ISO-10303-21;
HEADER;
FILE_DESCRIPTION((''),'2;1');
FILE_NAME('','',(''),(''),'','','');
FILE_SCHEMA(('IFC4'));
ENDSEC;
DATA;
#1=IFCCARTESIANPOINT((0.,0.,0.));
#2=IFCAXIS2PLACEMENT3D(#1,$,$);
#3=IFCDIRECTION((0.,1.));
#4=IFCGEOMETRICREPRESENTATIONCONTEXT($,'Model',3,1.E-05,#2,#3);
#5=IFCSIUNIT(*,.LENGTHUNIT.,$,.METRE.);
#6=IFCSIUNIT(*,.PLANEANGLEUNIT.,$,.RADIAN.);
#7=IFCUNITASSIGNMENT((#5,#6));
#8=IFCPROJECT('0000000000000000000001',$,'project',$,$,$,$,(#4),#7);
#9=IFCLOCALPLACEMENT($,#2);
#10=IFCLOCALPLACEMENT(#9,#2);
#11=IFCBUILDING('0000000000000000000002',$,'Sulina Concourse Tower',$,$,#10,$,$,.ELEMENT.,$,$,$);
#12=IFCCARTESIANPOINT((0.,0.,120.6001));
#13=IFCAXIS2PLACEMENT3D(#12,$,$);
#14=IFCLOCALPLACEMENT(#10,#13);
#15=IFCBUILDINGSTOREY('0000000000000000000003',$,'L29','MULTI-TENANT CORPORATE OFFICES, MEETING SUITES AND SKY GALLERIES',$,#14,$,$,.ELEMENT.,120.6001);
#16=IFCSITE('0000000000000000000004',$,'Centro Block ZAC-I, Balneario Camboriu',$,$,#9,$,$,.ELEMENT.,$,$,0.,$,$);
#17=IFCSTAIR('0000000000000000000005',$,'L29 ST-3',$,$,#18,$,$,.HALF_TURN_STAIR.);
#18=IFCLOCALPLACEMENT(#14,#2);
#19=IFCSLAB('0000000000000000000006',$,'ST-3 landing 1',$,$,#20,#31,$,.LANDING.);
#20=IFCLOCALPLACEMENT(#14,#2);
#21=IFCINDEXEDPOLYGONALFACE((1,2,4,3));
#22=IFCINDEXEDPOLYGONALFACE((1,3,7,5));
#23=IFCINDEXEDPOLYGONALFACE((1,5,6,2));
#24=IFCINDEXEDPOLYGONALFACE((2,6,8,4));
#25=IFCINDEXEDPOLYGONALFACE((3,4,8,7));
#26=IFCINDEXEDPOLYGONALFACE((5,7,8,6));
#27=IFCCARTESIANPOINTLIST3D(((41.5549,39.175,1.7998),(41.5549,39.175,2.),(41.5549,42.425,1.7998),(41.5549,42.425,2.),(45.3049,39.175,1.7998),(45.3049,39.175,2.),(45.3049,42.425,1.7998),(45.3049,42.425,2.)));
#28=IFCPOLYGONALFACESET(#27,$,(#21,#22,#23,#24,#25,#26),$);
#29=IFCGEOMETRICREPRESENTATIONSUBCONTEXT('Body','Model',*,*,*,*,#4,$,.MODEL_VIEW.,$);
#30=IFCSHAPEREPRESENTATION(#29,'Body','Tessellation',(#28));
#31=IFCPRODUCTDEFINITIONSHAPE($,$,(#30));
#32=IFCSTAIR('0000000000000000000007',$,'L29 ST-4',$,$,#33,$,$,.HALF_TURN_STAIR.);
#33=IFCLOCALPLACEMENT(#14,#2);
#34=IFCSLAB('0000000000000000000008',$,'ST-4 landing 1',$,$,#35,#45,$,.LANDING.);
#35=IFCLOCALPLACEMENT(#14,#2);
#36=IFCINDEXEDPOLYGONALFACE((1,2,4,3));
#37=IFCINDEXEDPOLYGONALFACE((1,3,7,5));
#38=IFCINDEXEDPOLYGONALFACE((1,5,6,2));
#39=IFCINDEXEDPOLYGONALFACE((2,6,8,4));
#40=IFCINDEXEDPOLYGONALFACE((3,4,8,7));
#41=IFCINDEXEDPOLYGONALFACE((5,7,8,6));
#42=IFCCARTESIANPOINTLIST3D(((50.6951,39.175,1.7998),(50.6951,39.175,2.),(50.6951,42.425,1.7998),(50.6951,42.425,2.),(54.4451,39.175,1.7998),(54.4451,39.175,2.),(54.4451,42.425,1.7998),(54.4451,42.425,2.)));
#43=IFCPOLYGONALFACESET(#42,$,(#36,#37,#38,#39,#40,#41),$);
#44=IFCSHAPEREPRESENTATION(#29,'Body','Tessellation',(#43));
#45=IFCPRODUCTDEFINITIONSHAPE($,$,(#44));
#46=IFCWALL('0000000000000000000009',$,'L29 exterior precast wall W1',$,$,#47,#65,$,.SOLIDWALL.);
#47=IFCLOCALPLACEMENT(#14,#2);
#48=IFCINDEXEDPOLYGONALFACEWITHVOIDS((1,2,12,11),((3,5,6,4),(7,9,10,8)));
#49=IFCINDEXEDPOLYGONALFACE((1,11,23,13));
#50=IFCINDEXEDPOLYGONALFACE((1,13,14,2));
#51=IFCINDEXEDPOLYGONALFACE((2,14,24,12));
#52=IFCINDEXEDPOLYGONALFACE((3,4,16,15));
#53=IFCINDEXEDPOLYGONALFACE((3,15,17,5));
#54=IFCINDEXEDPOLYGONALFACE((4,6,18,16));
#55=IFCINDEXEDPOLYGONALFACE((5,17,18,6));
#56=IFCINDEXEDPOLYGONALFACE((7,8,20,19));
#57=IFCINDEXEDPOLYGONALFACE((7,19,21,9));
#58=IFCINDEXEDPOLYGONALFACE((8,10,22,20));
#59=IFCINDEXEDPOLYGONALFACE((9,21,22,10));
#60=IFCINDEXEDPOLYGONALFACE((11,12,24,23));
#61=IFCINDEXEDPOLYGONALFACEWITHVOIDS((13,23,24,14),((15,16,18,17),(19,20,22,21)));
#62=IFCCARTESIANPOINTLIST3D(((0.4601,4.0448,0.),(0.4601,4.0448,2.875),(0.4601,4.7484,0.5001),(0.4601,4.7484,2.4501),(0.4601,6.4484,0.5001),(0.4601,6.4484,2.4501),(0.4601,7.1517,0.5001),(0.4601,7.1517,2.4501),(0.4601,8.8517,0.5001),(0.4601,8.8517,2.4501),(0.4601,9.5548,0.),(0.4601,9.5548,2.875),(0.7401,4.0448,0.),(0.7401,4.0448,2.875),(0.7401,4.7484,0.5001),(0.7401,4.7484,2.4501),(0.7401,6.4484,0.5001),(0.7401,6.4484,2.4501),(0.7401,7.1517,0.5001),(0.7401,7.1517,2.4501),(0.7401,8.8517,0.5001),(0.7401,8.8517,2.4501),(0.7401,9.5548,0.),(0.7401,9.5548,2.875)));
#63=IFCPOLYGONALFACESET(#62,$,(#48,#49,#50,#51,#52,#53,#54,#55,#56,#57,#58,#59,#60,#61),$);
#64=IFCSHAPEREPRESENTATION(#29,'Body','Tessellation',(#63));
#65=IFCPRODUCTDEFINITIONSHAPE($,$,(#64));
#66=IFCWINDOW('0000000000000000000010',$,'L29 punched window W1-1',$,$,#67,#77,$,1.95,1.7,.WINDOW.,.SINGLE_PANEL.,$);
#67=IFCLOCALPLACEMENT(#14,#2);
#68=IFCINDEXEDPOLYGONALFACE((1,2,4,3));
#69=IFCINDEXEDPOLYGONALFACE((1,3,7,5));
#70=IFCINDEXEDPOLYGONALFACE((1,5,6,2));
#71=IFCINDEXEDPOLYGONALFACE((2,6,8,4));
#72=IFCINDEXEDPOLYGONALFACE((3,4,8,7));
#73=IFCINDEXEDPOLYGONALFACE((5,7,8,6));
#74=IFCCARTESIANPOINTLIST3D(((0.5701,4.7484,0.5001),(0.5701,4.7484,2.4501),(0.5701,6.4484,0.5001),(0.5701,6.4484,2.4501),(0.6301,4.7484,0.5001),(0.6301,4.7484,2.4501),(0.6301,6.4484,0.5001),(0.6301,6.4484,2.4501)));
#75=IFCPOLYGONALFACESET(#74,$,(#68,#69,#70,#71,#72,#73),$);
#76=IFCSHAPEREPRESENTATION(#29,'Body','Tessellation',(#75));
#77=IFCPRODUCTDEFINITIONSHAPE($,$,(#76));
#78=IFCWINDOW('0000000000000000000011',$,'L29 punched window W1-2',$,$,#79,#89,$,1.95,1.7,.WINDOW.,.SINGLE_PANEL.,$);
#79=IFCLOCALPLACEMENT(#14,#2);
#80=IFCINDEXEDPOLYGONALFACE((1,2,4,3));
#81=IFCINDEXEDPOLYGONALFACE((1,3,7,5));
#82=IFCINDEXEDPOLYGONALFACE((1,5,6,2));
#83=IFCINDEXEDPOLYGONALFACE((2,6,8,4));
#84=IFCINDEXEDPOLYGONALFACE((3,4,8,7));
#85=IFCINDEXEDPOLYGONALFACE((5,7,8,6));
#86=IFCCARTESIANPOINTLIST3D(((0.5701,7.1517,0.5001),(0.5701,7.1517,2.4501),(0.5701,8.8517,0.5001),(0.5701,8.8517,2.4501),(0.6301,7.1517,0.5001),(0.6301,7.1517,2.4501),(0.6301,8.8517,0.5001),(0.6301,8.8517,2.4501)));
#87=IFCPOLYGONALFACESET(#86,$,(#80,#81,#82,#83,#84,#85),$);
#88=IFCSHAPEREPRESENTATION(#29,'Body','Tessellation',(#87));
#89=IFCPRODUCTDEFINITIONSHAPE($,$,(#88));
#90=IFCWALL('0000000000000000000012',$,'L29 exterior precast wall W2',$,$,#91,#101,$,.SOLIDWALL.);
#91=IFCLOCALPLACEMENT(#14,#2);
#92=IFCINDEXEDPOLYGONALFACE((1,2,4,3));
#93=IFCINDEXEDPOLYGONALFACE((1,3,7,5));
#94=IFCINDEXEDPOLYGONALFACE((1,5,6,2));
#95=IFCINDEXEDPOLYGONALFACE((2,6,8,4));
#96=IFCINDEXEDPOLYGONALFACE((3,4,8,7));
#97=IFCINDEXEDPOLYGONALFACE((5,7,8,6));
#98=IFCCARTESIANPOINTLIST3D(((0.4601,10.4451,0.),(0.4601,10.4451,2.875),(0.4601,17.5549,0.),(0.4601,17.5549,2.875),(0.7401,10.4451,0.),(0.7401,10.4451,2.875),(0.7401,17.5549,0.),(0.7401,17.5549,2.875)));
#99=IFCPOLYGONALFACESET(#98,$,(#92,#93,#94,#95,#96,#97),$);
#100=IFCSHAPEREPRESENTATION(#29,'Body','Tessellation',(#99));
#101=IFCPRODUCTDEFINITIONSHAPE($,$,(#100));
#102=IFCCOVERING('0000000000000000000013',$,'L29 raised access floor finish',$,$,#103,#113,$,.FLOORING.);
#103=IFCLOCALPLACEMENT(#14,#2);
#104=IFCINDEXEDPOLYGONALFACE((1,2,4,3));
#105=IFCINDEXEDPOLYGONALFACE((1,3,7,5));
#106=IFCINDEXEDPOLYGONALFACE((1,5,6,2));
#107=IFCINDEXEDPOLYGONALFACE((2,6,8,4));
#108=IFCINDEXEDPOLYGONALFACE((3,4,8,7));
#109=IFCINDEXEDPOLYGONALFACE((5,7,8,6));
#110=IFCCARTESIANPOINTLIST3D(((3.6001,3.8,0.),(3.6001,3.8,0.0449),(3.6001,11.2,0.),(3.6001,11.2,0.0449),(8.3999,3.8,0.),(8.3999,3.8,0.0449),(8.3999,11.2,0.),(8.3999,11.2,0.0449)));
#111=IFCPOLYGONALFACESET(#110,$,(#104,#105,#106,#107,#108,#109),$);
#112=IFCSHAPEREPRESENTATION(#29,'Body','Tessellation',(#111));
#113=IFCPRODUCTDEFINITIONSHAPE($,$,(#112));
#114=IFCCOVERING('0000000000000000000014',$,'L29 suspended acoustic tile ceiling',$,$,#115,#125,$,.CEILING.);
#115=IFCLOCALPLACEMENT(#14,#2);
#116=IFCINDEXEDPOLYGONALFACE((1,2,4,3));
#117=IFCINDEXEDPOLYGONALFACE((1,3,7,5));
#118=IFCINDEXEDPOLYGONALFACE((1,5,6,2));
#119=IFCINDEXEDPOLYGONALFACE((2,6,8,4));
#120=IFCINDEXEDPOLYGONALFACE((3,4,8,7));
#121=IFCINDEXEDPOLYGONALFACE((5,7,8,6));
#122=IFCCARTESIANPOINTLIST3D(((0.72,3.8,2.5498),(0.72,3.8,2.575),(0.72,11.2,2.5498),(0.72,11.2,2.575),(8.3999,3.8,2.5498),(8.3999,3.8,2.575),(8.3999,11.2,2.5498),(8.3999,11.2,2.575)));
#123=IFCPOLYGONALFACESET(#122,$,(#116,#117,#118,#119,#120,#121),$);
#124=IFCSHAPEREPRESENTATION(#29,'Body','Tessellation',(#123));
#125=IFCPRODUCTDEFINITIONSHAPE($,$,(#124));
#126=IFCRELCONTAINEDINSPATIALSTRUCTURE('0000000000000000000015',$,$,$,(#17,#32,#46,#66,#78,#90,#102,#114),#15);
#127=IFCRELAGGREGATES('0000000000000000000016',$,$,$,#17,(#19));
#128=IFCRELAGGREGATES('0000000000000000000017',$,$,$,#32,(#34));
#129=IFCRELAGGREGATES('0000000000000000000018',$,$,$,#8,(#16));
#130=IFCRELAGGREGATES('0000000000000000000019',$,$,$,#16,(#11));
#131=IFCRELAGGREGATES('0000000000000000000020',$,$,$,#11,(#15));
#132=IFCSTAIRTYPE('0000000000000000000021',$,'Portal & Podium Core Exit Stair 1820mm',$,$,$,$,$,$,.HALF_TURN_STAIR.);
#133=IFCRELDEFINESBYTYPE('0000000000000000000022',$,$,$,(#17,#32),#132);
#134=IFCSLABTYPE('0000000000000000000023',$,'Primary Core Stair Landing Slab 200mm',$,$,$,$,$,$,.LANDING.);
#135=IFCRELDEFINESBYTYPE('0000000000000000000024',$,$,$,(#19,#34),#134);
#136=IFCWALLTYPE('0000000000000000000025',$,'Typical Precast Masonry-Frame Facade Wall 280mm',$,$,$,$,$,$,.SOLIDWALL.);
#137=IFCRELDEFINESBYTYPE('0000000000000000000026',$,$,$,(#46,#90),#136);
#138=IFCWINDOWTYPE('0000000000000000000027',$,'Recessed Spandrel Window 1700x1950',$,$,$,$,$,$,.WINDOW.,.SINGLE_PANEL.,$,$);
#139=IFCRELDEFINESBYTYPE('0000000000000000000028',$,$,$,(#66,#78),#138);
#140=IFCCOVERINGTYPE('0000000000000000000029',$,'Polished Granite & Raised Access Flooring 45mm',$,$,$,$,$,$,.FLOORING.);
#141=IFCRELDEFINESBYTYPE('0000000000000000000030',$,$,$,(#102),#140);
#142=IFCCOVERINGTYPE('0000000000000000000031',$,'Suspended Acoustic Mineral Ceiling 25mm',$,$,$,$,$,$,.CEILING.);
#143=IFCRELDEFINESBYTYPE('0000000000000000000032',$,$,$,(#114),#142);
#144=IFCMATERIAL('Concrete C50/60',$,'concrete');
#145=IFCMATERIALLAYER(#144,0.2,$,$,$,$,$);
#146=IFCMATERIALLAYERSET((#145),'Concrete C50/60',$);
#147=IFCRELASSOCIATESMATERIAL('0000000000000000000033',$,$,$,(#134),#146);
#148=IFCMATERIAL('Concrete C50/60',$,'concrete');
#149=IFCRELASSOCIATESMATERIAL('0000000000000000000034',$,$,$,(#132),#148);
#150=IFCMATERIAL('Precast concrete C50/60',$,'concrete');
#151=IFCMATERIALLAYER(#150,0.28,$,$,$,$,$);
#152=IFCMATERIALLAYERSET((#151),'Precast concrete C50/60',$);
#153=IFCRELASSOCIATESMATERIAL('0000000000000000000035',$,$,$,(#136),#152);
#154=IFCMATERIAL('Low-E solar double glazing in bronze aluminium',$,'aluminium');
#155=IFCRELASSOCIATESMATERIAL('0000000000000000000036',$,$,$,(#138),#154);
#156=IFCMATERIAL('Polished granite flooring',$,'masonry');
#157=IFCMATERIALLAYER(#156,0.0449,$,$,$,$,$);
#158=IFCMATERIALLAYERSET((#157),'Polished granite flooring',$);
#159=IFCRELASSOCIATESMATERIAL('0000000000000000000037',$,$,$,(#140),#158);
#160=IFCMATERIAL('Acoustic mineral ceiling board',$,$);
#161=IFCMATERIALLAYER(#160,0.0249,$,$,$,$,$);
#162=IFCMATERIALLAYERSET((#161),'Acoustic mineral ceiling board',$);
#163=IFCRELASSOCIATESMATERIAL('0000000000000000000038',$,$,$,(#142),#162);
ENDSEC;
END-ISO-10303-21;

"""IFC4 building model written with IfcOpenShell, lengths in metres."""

from ifc_helpers import new_model, si_unit, direction, frame, frame_2d, origin, place, context, subcontext, project, spatial, polyline, rectangle, outline, extrude, material, layer, layer_set, type_object, element, fill, aggregate, save


model = new_model("IFC4")

# Units and contexts
model_context = context("Model", 3, precision=1e-05, world=origin(), true_north=direction((0.0, 1.0)))
body_context = subcontext(model_context, "Body", "Model", "MODEL_VIEW")
ifc_project = project(units=[si_unit("LENGTHUNIT", "METRE"), si_unit("PLANEANGLEUNIT", "RADIAN")], contexts=[model_context])

# Site, building, storey
site_placement = place(None, origin())
site = spatial("IfcSite", under=ifc_project, at=site_placement, Name="Centro Block ZAC-I, Balneario Camboriu", CompositionType="ELEMENT", RefElevation=0.0)
building_placement = place(site_placement, origin())
building = spatial("IfcBuilding", under=site, at=building_placement, Name="Sulina Concourse Tower", CompositionType="ELEMENT")
storey_placement = place(building_placement, frame((0.0, 0.0, 120.6001)))
storey = spatial("IfcBuildingStorey", under=building, at=storey_placement, Name="L29", Description="MULTI-TENANT CORPORATE OFFICES, MEETING SUITES AND SKY GALLERIES", CompositionType="ELEMENT", Elevation=120.6001)

# Shared definitions
ifc_material_1 = material(Name="Concrete C50/60", Category="concrete")
ifc_layer_1 = layer(ifc_material_1, 0.2)
ifc_layer_set_1 = layer_set([ifc_layer_1], Name="Concrete C50/60")
slab_type_1 = type_object("IfcSlabType", Name="Primary Core Stair Landing Slab 200mm", PredefinedType="LANDING", material=ifc_layer_set_1)

# Stairs, slabs
ifc_material_2 = material(Name="Concrete C50/60", Category="concrete")
stair_type_1 = type_object("IfcStairType", Name="Portal & Podium Core Exit Stair 1820mm", PredefinedType="HALF_TURN_STAIR", material=ifc_material_2)
stair_1_placement = place(storey_placement, origin())
stair_1 = element("IfcStair", 1, at=stair_1_placement, inside=storey, type_object=stair_type_1, Name="L29 ST-3", PredefinedType="HALF_TURN_STAIR")
slab_1_placement = place(storey_placement, frame((0.0, 0.0, 1.7998)))
slab_1 = element("IfcSlab", 2, at=slab_1_placement, type_object=slab_type_1, Name="ST-3 landing 1", PredefinedType="LANDING", context=body_context, shape_type="SweptSolid", body=[
    extrude(outline(polyline([(45.3049, 39.175), (45.3049, 42.425), (41.5549, 42.425), (41.5549, 39.175), (45.3049, 39.175)])), origin(), (0.0, 0.0, 1.0), 0.2002),
])
aggregate(stair_1, [slab_1])
stair_2_placement = place(storey_placement, origin())
stair_2 = element("IfcStair", 3, at=stair_2_placement, inside=storey, type_object=stair_type_1, Name="L29 ST-4", PredefinedType="HALF_TURN_STAIR")
slab_2_placement = place(storey_placement, frame((0.0, 0.0, 1.7998)))
slab_2 = element("IfcSlab", 4, at=slab_2_placement, type_object=slab_type_1, Name="ST-4 landing 1", PredefinedType="LANDING", context=body_context, shape_type="SweptSolid", body=[
    extrude(outline(polyline([(54.4451, 39.175), (54.4451, 42.425), (50.6951, 42.425), (50.6951, 39.175), (54.4451, 39.175)])), origin(), (0.0, 0.0, 1.0), 0.2002),
])
aggregate(stair_2, [slab_2])

# Wall, openings, windows
ifc_material_3 = material(Name="Precast concrete C50/60", Category="concrete")
ifc_layer_2 = layer(ifc_material_3, 0.28)
ifc_layer_set_2 = layer_set([ifc_layer_2], Name="Precast concrete C50/60")
wall_type = type_object("IfcWallType", Name="Typical Precast Masonry-Frame Facade Wall 280mm", PredefinedType="SOLIDWALL", material=ifc_layer_set_2)
wall_1_placement = place(storey_placement, frame((0.6001, 4.0449, 0.0), z_axis=(0.0, 0.0, 1.0), x_axis=(0.0, 1.0, 0.0)))
wall_1 = element("IfcWall", 5, at=wall_1_placement, inside=storey, type_object=wall_type, Name="L29 exterior precast wall W1", PredefinedType="SOLIDWALL", context=body_context, shape_type="SweptSolid", body=[
    extrude(rectangle(XDim=5.51, YDim=0.28, at=frame_2d((2.7549, 0.0))), origin(), (0.0, 0.0, 1.0), 2.875),
])
opening_1_placement = place(wall_1_placement, frame((0.7034, 0.0, 0.5)))
opening_1 = element("IfcOpeningElement", 6, at=opening_1_placement, cuts=wall_1, PredefinedType="OPENING", context=body_context, shape_type="SweptSolid", body=[
    extrude(rectangle(XDim=1.7, YDim=1.95, at=frame_2d((0.8501, 0.9751))), frame((0.0, 0.1499, 0.0), z_axis=(0.0, -1.0, 0.0), x_axis=(1.0, 0.0, 0.0)), (0.0, 0.0, 1.0), 0.3),
])
opening_2_placement = place(wall_1_placement, frame((3.1067, 0.0, 0.5)))
opening_2 = element("IfcOpeningElement", 7, at=opening_2_placement, cuts=wall_1, PredefinedType="OPENING", context=body_context, shape_type="SweptSolid", body=[
    extrude(rectangle(XDim=1.7, YDim=1.95, at=frame_2d((0.8501, 0.9751))), frame((0.0, 0.1499, 0.0), z_axis=(0.0, -1.0, 0.0), x_axis=(1.0, 0.0, 0.0)), (0.0, 0.0, 1.0), 0.3),
])
ifc_material_4 = material(Name="Low-E solar double glazing in bronze aluminium", Category="aluminium")
window_type = type_object("IfcWindowType", Name="Recessed Spandrel Window 1700x1950", PartitioningType="SINGLE_PANEL", PredefinedType="WINDOW", material=ifc_material_4)
window_1_placement = place(opening_1_placement, origin())
window_1 = element("IfcWindow", 8, at=window_1_placement, inside=storey, type_object=window_type, Name="L29 punched window W1-1", OverallHeight=1.95, OverallWidth=1.7, PartitioningType="SINGLE_PANEL", PredefinedType="WINDOW", context=body_context, shape_type="SweptSolid", body=[
    extrude(rectangle(XDim=1.7, YDim=1.95, at=frame_2d((0.8501, 0.9751))), frame((0.0, 0.03, 0.0), z_axis=(0.0, -1.0, 0.0), x_axis=(1.0, 0.0, 0.0)), (0.0, 0.0, 1.0), 0.0601),
])
fill(opening_1, window_1)
window_2_placement = place(opening_2_placement, origin())
window_2 = element("IfcWindow", 9, at=window_2_placement, inside=storey, type_object=window_type, Name="L29 punched window W1-2", OverallHeight=1.95, OverallWidth=1.7, PartitioningType="SINGLE_PANEL", PredefinedType="WINDOW", context=body_context, shape_type="SweptSolid", body=[
    extrude(rectangle(XDim=1.7, YDim=1.95, at=frame_2d((0.8501, 0.9751))), frame((0.0, 0.03, 0.0), z_axis=(0.0, -1.0, 0.0), x_axis=(1.0, 0.0, 0.0)), (0.0, 0.0, 1.0), 0.0601),
])
fill(opening_2, window_2)

# Wall
wall_2_placement = place(storey_placement, frame((0.6001, 10.4451, 0.0), z_axis=(0.0, 0.0, 1.0), x_axis=(0.0, 1.0, 0.0)))
element("IfcWall", 10, at=wall_2_placement, inside=storey, type_object=wall_type, Name="L29 exterior precast wall W2", PredefinedType="SOLIDWALL", context=body_context, shape_type="SweptSolid", body=[
    extrude(rectangle(XDim=7.1099, YDim=0.28, at=frame_2d((3.5549, 0.0))), origin(), (0.0, 0.0, 1.0), 2.875),
])

# Coverings
ifc_material_5 = material(Name="Polished granite flooring", Category="masonry")
ifc_layer_3 = layer(ifc_material_5, 0.0449)
ifc_layer_set_3 = layer_set([ifc_layer_3], Name="Polished granite flooring")
covering_type_1 = type_object("IfcCoveringType", Name="Polished Granite & Raised Access Flooring 45mm", PredefinedType="FLOORING", material=ifc_layer_set_3)
covering_1_placement = place(storey_placement, origin())
element("IfcCovering", 11, at=covering_1_placement, inside=storey, type_object=covering_type_1, Name="L29 raised access floor finish", PredefinedType="FLOORING", context=body_context, shape_type="SweptSolid", body=[
    extrude(outline(polyline([(3.6001, 3.8), (8.3999, 3.8), (8.3999, 11.2), (3.6001, 11.2), (3.6001, 3.8)])), origin(), (0.0, 0.0, 1.0), 0.0449),
])
ifc_material_6 = material(Name="Acoustic mineral ceiling board")
ifc_layer_4 = layer(ifc_material_6, 0.0249)
ifc_layer_set_4 = layer_set([ifc_layer_4], Name="Acoustic mineral ceiling board")
covering_type_2 = type_object("IfcCoveringType", Name="Suspended Acoustic Mineral Ceiling 25mm", PredefinedType="CEILING", material=ifc_layer_set_4)
covering_2_placement = place(storey_placement, frame((0.0, 0.0, 2.5498)))
element("IfcCovering", 12, at=covering_2_placement, inside=storey, type_object=covering_type_2, Name="L29 suspended acoustic tile ceiling", PredefinedType="CEILING", context=body_context, shape_type="SweptSolid", body=[
    extrude(outline(polyline([(0.72, 3.8), (8.3999, 3.8), (8.3999, 11.2), (0.72, 11.2), (0.72, 3.8)])), origin(), (0.0, 0.0, 1.0), 0.0251),
])

save(model, "model.ifc")
